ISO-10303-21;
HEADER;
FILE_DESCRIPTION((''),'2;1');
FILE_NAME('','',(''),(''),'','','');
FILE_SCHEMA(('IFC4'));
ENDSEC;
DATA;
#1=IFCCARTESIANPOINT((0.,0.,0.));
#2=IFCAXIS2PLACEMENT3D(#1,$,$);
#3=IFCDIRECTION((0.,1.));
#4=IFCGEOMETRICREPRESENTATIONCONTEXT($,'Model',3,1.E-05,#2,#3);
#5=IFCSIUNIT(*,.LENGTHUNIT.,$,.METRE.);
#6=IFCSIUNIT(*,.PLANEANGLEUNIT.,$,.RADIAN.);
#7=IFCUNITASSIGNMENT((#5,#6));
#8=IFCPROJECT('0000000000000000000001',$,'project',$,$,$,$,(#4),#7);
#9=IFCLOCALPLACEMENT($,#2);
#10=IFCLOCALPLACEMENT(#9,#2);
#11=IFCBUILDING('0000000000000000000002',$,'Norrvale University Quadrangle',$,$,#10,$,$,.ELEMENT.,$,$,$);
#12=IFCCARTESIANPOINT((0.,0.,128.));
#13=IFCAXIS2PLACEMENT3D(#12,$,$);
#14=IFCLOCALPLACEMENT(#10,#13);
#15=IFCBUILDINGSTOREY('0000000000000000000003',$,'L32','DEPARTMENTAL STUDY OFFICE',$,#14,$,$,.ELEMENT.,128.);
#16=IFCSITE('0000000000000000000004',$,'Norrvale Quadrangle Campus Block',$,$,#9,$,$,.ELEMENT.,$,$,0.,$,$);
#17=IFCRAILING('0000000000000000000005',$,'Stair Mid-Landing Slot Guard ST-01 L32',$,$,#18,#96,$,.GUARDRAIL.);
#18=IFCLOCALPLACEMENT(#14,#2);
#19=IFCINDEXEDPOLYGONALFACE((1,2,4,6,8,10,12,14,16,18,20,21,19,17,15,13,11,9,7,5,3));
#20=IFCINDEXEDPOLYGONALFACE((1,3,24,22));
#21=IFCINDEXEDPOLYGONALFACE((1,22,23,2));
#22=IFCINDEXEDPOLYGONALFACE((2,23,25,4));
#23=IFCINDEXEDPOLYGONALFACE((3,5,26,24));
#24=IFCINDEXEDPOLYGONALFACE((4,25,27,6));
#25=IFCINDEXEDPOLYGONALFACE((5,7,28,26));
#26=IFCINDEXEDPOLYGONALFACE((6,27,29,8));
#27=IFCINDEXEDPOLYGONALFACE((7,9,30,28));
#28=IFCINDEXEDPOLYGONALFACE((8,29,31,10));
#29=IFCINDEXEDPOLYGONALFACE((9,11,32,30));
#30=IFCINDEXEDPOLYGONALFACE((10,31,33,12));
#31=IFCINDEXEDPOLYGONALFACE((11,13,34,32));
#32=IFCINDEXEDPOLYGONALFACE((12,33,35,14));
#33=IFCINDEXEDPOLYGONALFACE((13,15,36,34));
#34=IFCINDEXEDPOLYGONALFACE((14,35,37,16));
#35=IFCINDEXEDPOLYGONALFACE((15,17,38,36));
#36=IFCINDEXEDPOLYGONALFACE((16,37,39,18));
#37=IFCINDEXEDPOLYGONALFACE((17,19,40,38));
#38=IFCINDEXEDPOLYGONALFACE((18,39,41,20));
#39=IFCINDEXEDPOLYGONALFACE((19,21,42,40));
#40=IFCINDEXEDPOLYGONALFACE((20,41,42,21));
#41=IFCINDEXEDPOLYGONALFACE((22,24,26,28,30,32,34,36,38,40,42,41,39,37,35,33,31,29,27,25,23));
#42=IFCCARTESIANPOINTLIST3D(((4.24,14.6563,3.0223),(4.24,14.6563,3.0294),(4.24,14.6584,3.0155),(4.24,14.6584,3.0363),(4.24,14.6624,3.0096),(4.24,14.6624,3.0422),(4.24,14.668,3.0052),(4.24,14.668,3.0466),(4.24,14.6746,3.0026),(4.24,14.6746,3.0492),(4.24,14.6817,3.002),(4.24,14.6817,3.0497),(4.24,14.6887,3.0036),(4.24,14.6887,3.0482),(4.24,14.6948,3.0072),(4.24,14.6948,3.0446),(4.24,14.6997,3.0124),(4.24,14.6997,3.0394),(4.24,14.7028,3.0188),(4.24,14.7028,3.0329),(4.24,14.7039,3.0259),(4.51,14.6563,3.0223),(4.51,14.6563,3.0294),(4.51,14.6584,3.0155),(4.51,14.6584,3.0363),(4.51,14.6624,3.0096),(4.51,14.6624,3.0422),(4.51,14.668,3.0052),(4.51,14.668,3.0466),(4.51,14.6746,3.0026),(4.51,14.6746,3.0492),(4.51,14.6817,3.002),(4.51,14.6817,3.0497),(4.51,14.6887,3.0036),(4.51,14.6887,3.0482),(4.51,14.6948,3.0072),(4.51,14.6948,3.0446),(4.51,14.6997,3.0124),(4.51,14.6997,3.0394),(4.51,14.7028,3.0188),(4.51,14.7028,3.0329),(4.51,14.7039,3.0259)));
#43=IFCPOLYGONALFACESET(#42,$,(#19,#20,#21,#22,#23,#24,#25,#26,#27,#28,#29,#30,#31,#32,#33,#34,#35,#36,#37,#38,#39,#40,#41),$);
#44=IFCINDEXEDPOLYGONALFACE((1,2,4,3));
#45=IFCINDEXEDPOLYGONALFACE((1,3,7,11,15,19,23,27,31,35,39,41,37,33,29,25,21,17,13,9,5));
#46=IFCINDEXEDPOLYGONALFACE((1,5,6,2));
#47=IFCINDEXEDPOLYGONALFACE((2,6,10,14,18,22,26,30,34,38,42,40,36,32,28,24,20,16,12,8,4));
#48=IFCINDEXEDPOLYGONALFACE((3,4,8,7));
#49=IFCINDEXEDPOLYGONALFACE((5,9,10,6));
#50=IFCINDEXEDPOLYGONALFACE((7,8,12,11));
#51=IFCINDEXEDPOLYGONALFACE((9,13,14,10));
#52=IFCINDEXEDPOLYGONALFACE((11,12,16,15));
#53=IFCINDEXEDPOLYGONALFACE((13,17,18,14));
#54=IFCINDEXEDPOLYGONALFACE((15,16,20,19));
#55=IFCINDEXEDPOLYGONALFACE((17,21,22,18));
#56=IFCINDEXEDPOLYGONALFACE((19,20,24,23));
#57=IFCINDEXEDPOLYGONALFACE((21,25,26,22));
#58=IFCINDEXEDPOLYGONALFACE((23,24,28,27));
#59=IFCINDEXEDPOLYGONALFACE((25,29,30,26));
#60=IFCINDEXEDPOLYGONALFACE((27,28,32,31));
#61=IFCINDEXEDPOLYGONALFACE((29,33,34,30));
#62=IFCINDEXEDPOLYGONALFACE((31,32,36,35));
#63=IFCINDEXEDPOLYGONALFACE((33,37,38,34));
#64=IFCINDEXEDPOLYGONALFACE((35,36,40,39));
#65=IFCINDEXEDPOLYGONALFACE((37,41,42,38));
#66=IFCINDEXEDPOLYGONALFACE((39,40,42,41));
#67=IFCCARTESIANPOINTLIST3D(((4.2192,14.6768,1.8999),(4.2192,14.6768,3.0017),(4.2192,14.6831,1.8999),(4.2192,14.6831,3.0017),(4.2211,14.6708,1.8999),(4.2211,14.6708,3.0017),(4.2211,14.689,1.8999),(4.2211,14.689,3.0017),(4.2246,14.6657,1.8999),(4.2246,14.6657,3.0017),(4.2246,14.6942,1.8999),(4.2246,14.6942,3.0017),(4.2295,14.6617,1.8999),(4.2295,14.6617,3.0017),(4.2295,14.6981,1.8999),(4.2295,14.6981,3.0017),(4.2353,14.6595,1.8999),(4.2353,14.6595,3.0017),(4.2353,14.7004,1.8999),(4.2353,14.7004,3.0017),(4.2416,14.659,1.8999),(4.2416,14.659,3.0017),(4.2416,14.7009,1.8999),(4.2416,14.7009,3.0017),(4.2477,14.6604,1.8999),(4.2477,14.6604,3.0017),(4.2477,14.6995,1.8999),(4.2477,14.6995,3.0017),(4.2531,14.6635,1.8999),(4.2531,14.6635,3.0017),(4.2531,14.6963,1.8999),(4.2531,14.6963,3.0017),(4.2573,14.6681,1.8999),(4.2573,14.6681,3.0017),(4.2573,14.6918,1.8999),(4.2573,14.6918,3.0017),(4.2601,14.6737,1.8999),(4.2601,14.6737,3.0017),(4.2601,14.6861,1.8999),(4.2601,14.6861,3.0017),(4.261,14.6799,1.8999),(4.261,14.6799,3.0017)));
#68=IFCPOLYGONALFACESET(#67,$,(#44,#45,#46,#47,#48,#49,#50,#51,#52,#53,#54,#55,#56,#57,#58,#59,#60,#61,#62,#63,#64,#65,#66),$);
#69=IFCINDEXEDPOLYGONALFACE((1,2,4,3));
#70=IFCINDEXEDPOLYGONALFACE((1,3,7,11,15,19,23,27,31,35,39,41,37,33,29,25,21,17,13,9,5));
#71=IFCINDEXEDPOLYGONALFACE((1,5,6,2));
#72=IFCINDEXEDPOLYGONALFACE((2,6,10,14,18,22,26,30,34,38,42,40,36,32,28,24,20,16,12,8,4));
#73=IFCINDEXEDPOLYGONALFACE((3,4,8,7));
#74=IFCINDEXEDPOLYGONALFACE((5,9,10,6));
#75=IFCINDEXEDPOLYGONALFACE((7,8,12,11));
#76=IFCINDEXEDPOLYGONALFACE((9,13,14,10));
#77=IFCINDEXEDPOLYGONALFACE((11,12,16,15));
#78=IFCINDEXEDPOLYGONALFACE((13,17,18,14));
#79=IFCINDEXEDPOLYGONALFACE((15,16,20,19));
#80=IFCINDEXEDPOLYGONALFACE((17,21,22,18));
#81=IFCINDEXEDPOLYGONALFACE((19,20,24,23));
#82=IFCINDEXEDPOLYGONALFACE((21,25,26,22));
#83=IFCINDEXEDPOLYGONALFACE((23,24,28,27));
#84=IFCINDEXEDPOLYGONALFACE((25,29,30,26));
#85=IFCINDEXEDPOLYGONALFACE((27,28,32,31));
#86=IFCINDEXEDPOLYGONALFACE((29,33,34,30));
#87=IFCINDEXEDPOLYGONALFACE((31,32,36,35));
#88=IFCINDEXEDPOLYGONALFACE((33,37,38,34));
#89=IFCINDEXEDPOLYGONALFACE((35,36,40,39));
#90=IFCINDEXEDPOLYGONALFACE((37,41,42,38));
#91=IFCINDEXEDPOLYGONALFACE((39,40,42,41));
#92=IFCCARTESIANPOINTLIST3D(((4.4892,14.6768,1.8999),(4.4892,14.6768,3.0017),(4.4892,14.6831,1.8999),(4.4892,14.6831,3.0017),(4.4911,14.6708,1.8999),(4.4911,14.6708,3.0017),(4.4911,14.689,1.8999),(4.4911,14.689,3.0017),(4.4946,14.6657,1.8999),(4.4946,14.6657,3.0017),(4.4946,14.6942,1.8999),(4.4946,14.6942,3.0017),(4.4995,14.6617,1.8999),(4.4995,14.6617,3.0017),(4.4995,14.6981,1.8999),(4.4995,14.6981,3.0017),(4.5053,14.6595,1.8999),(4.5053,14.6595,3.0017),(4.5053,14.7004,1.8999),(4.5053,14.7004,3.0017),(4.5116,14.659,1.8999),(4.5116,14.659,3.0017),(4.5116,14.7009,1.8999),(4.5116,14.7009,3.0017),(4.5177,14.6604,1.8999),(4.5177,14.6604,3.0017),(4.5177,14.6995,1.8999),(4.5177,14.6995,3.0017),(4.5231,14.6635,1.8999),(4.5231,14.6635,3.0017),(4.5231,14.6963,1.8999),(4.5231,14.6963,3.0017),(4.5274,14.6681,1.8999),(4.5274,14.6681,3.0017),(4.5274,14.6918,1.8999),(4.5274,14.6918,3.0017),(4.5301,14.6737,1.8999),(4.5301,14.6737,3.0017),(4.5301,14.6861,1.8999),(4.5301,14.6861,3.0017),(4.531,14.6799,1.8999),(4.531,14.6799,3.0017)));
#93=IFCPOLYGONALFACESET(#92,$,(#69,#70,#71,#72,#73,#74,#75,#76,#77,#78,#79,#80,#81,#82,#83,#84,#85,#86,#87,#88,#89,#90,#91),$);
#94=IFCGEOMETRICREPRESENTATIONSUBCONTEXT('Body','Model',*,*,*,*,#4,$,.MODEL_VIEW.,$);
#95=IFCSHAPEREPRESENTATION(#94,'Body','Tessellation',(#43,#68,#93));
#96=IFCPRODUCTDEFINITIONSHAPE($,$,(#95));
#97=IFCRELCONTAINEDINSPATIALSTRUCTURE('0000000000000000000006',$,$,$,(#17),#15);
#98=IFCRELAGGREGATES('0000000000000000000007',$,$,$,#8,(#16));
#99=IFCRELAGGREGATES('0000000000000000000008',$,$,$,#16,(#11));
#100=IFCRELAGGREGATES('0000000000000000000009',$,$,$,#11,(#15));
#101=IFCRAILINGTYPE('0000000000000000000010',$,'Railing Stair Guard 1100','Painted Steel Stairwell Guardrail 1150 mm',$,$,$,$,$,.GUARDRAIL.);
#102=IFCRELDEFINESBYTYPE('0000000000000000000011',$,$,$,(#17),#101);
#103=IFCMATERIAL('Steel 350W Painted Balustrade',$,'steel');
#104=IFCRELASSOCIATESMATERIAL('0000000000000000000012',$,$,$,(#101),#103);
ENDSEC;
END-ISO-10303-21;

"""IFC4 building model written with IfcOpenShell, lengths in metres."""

from ifc_helpers import new_model, si_unit, direction, frame, origin, origin_2d, place, context, subcontext, project, spatial, circle, extrude, material, type_object, element, save


model = new_model("IFC4")

# Units and contexts
model_context = context("Model", 3, precision=1e-05, world=origin(), true_north=direction((0.0, 1.0)))
body_context = subcontext(model_context, "Body", "Model", "MODEL_VIEW")
ifc_project = project(units=[si_unit("LENGTHUNIT", "METRE"), si_unit("PLANEANGLEUNIT", "RADIAN")], contexts=[model_context])

# Site, building, storey
site_placement = place(None, origin())
site = spatial("IfcSite", under=ifc_project, at=site_placement, Name="Norrvale Quadrangle Campus Block", CompositionType="ELEMENT", RefElevation=0.0)
building_placement = place(site_placement, origin())
building = spatial("IfcBuilding", under=site, at=building_placement, Name="Norrvale University Quadrangle", CompositionType="ELEMENT")
storey_placement = place(building_placement, frame((0.0, 0.0, 128.0)))
storey = spatial("IfcBuildingStorey", under=building, at=storey_placement, Name="L32", Description="DEPARTMENTAL STUDY OFFICE", CompositionType="ELEMENT", Elevation=128.0)

# Railing
ifc_material_1 = material(Name="Steel 350W Painted Balustrade", Category="steel")
railing_type_1 = type_object("IfcRailingType", Name="Railing Stair Guard 1100", Description="Painted Steel Stairwell Guardrail 1150 mm", PredefinedType="GUARDRAIL", material=ifc_material_1)
railing_1_placement = place(storey_placement, frame((4.24, 14.6799, 1.8999)))
element("IfcRailing", 1, at=railing_1_placement, inside=storey, type_object=railing_type_1, Name="Stair Mid-Landing Slot Guard ST-01 L32", PredefinedType="GUARDRAIL", context=body_context, shape_type="SweptSolid", body=[
    extrude(circle(Radius=0.0239, at=origin_2d()), frame((0.0, 0.0, 1.126), z_axis=(1.0, 0.0, 0.0), x_axis=(0.0, 1.0, 0.0)), (0.0, 0.0, 1.0), 0.27),
    extrude(circle(Radius=0.021, at=origin_2d()), origin(), (0.0, 0.0, 1.0), 1.1018),
    extrude(circle(Radius=0.021, at=origin_2d()), frame((0.27, 0.0, 0.0)), (0.0, 0.0, 1.0), 1.1018),
])

save(model, "model.ifc")
